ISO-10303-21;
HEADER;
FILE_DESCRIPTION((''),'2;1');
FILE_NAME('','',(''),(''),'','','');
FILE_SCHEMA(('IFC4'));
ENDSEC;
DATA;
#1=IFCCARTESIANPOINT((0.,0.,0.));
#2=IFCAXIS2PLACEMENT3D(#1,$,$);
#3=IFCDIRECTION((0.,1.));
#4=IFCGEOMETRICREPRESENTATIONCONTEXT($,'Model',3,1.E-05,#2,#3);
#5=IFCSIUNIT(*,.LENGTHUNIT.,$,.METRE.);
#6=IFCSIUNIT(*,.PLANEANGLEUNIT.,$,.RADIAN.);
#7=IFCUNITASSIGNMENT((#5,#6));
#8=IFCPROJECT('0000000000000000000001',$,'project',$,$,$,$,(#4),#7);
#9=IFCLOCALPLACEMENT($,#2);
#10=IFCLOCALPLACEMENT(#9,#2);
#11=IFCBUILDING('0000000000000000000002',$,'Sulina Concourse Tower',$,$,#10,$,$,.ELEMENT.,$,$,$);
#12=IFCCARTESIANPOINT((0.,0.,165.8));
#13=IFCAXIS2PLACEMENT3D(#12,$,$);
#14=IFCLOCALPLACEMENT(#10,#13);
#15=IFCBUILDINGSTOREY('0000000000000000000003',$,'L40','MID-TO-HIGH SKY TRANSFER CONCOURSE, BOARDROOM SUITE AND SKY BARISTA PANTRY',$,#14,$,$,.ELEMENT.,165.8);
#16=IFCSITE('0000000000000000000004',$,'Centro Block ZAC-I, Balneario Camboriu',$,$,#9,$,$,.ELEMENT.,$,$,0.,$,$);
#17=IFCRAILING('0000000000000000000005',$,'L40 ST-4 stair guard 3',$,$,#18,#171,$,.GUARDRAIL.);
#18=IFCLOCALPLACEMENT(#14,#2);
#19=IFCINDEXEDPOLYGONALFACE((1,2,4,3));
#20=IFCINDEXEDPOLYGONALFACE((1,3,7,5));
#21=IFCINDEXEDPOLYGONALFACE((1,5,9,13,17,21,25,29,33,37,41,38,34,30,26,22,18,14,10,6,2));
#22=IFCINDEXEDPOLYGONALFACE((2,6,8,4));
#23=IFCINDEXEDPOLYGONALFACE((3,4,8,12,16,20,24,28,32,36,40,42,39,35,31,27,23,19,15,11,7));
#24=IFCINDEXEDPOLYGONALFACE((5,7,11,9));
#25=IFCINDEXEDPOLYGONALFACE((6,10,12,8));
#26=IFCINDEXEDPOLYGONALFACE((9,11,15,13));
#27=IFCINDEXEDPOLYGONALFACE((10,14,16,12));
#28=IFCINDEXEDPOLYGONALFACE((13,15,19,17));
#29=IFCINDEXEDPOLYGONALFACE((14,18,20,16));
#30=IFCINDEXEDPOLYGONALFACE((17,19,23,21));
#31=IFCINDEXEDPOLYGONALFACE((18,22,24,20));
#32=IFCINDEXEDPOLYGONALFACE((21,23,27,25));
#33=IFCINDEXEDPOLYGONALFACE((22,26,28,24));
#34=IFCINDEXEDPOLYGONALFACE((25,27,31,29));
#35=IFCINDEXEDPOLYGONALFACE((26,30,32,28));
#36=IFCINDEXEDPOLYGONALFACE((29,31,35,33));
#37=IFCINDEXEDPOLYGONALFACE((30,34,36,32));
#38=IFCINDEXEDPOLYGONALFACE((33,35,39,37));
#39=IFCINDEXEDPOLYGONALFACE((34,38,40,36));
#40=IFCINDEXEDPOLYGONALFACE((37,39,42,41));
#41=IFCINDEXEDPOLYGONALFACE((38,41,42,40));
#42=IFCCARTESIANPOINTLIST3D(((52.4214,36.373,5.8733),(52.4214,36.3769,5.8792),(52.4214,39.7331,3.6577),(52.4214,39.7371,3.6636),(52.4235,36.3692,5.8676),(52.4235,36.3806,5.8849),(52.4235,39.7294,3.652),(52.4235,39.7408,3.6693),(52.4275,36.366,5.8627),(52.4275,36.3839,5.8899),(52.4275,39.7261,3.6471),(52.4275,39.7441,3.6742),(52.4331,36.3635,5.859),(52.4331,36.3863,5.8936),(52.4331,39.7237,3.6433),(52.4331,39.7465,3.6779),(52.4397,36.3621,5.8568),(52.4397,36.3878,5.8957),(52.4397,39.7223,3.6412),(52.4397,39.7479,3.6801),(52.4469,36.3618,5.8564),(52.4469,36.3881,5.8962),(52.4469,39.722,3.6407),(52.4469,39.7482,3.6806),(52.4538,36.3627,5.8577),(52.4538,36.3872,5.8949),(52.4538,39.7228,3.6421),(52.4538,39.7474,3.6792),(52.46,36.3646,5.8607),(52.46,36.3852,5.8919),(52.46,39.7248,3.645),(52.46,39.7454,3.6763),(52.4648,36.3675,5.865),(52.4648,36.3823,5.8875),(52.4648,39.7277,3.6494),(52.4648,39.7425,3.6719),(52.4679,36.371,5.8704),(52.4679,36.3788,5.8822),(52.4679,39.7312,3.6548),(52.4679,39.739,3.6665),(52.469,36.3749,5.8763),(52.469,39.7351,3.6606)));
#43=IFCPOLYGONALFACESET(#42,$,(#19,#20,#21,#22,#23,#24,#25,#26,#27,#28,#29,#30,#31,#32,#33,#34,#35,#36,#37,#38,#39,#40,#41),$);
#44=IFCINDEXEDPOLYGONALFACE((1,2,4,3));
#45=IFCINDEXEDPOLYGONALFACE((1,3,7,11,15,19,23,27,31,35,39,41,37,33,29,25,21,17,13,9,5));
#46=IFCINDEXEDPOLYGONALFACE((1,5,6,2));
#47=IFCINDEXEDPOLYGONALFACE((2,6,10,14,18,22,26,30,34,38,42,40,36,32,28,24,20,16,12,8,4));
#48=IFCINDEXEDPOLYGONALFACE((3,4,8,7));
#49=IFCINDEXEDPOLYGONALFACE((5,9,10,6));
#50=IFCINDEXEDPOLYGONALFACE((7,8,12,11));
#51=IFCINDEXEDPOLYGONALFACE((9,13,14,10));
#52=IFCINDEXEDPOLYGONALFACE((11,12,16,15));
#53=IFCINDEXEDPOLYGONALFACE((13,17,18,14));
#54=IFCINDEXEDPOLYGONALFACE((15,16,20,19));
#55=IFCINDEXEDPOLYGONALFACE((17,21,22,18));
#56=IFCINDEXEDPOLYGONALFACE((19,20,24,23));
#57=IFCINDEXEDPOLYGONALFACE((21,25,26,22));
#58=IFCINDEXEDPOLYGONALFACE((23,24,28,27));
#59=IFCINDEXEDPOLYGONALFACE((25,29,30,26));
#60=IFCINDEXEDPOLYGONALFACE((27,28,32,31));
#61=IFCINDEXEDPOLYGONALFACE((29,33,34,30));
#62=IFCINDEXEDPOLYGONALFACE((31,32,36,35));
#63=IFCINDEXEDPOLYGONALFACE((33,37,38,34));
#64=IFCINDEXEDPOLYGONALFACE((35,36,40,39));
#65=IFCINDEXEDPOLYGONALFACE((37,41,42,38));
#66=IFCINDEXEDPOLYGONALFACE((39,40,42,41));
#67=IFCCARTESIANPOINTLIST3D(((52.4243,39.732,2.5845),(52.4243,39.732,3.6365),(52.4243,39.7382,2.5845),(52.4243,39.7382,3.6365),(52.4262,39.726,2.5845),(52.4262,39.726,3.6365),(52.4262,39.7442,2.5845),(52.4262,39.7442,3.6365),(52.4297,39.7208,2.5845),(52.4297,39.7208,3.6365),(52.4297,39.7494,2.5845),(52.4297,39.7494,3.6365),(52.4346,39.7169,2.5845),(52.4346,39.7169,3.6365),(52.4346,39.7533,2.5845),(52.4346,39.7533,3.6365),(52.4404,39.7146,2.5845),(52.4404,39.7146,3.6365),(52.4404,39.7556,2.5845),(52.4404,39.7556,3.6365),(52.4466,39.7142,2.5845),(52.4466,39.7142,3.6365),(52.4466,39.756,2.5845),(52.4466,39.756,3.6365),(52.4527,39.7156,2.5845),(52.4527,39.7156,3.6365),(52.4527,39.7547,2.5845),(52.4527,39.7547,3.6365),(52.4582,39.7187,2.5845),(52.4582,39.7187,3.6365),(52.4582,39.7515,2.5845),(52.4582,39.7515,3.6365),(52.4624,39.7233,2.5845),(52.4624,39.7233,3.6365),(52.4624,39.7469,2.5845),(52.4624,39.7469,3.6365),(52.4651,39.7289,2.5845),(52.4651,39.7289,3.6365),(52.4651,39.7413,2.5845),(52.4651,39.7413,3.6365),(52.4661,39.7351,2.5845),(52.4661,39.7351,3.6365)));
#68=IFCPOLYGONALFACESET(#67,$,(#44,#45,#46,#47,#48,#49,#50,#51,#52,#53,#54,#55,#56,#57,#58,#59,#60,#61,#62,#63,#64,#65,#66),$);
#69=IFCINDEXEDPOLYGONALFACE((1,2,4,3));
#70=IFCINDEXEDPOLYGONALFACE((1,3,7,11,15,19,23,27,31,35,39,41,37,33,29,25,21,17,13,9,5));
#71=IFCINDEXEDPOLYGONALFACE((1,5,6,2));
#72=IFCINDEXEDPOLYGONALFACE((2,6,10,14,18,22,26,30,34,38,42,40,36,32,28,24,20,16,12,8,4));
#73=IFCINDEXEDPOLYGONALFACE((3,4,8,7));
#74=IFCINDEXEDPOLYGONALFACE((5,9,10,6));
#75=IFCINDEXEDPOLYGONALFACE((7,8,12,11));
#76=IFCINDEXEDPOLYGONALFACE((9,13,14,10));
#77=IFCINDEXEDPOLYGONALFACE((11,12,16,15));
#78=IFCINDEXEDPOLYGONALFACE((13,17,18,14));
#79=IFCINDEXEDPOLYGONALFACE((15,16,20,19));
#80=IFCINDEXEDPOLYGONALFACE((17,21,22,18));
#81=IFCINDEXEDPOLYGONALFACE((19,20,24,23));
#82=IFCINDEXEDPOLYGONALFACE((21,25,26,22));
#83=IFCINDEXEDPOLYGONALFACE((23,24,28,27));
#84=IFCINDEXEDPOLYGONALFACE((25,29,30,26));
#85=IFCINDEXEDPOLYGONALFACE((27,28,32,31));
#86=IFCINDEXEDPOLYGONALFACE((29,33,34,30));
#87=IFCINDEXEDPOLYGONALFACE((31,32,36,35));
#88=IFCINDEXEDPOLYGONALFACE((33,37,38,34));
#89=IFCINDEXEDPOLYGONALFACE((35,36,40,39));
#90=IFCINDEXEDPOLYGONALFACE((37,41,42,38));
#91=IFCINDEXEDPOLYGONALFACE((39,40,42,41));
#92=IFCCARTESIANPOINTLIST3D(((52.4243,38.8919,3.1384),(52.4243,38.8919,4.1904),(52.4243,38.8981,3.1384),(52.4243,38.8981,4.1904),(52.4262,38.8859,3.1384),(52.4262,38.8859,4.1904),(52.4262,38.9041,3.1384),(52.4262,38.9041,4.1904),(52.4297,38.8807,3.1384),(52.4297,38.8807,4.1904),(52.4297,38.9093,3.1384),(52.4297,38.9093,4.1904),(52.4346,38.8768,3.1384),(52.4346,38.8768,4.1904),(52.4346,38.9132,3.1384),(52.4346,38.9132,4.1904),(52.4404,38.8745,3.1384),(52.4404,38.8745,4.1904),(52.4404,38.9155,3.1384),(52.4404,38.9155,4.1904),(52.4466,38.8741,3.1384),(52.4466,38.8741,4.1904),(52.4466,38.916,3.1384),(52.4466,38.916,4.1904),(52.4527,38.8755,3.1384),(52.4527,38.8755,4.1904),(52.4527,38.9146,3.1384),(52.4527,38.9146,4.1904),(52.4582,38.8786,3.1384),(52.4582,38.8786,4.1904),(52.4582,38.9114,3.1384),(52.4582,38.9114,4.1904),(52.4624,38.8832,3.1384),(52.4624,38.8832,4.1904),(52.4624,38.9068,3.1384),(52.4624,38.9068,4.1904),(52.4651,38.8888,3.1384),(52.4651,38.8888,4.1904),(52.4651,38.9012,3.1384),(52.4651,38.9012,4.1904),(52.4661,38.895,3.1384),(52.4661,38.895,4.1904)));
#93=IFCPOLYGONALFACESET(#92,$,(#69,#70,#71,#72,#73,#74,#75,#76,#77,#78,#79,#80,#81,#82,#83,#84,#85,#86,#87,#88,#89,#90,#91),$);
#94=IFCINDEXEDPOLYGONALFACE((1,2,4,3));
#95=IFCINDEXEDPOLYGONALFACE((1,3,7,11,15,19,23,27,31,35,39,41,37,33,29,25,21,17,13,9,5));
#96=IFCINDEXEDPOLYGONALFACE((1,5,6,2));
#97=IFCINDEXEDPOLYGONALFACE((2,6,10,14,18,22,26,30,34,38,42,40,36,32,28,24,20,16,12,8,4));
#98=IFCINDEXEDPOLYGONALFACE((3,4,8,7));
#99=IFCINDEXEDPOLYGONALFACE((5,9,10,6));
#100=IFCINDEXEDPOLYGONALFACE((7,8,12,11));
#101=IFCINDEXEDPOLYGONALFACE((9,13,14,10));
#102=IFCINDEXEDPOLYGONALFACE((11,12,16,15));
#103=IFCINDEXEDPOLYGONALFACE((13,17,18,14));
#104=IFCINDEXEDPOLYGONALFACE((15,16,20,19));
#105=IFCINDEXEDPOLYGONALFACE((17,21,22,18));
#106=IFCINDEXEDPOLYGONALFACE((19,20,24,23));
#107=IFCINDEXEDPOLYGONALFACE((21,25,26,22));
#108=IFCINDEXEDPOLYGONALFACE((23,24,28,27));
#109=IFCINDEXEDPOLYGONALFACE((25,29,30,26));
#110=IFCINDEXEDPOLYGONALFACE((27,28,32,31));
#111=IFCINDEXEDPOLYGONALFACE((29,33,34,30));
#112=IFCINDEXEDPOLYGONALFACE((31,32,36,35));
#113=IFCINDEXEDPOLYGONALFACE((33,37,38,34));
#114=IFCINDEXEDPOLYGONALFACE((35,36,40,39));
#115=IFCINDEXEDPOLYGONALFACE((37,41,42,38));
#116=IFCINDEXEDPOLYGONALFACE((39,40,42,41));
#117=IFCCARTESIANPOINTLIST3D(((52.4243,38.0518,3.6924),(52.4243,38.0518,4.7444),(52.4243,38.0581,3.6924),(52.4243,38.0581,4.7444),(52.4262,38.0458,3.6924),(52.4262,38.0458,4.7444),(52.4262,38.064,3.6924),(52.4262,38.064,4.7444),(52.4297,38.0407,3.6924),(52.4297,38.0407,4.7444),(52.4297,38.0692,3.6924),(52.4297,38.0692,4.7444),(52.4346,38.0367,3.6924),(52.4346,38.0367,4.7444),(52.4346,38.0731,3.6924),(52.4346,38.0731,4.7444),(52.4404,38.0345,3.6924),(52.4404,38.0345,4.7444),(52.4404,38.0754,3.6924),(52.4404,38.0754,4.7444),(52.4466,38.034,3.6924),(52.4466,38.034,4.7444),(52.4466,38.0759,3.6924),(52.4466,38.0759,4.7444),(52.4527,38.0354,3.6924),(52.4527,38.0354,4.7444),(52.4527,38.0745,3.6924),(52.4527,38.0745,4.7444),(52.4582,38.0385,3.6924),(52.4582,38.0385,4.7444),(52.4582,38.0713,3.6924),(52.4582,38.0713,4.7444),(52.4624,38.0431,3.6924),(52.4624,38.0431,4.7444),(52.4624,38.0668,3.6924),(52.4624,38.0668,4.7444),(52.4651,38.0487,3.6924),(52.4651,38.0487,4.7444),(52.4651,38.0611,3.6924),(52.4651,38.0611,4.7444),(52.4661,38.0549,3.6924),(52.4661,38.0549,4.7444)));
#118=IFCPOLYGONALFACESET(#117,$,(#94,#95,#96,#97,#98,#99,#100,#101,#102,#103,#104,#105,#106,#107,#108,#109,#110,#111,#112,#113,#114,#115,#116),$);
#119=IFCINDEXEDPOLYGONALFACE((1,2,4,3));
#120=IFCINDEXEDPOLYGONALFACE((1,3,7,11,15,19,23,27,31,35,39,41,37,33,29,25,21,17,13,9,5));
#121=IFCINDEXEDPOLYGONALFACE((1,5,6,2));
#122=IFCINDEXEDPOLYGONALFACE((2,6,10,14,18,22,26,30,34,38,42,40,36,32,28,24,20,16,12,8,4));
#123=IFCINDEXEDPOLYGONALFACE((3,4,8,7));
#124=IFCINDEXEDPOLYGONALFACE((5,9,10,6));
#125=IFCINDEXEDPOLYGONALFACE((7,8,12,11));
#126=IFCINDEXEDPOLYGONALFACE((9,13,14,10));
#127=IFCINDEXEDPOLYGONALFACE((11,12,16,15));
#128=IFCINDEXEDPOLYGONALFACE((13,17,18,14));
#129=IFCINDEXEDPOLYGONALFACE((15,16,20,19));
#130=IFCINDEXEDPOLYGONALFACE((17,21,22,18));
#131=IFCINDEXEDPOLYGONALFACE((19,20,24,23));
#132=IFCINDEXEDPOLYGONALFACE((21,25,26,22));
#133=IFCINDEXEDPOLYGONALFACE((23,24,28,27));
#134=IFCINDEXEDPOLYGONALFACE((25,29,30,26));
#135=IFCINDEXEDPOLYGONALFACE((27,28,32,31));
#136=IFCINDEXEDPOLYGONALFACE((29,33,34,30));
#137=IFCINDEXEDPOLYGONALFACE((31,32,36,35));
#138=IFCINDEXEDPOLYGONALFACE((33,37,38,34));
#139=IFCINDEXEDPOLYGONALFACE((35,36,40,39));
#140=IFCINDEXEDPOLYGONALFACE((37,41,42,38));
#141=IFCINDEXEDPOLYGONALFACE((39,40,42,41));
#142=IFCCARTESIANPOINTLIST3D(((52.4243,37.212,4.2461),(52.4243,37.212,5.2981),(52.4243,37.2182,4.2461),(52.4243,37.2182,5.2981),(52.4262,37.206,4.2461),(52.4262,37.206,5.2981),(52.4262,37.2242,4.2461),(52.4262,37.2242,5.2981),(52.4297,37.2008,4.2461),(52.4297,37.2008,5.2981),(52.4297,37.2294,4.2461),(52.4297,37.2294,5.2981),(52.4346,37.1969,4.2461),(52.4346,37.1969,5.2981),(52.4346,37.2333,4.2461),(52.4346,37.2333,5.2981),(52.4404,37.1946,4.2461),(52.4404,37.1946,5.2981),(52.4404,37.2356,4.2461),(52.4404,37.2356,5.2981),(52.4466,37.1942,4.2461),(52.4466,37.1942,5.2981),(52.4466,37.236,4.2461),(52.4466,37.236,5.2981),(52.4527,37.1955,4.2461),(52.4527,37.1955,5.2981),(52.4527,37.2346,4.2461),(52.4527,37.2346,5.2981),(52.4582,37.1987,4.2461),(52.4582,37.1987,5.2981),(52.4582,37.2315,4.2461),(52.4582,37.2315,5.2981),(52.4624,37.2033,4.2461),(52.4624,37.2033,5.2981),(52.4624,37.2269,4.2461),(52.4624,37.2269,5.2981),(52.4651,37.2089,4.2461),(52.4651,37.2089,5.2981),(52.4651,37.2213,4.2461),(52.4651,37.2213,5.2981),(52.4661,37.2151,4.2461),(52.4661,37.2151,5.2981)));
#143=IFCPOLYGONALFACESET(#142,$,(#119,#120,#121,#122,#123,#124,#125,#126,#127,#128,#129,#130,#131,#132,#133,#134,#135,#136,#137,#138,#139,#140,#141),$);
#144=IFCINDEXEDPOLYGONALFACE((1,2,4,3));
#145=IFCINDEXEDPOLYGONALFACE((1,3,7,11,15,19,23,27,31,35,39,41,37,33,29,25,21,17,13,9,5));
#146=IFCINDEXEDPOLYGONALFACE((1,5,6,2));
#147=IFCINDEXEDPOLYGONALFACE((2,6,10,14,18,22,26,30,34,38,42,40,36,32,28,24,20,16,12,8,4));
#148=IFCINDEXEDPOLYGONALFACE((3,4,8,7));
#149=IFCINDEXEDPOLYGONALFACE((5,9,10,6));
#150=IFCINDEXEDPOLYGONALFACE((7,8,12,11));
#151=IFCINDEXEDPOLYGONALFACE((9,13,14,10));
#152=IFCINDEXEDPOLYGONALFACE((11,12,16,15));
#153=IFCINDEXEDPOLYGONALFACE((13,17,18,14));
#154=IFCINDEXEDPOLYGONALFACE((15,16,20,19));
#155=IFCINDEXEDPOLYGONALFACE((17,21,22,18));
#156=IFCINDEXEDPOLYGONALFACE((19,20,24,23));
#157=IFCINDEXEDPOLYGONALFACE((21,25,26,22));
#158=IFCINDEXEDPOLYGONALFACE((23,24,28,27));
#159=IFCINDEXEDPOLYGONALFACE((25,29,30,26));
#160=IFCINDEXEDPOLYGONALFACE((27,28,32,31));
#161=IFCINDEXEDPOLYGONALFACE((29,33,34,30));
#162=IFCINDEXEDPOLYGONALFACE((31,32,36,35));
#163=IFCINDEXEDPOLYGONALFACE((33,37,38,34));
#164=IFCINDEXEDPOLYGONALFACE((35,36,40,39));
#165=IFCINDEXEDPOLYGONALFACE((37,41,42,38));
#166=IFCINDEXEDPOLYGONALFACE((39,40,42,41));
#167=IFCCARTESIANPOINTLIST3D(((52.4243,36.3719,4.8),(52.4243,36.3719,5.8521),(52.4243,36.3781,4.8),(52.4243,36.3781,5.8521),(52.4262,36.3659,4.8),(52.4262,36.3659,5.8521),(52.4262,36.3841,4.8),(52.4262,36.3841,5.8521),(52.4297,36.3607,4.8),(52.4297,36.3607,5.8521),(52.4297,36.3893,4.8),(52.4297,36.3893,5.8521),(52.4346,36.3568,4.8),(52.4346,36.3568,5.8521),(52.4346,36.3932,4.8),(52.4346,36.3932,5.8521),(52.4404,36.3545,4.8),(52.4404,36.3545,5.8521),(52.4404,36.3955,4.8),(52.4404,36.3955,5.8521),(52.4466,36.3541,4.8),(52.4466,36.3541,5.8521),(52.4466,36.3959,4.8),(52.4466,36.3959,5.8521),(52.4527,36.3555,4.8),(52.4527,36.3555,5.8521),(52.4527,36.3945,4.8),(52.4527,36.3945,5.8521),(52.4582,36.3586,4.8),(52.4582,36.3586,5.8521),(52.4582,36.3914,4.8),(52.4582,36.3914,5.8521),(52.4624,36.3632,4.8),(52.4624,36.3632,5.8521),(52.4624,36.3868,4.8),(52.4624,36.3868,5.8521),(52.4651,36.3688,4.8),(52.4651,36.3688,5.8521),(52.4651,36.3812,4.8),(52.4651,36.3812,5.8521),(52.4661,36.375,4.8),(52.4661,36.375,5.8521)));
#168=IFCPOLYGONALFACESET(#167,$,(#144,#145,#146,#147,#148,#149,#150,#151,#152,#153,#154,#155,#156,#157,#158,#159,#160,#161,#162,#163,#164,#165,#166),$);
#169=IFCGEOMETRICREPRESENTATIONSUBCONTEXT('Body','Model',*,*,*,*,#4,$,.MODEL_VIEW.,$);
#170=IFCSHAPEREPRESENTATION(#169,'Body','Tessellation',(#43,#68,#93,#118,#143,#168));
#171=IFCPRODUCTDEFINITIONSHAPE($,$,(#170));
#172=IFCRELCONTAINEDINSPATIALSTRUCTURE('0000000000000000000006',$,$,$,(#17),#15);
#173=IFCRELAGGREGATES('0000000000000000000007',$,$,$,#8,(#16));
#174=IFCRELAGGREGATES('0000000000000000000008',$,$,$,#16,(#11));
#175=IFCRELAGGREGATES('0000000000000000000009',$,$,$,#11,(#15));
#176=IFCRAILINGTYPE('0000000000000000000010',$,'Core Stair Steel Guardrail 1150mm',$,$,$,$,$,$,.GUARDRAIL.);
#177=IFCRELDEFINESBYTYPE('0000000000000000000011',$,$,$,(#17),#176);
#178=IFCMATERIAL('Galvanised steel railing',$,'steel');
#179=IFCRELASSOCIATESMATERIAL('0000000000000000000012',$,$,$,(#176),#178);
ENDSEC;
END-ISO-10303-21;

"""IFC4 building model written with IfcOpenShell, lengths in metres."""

from ifc_helpers import new_model, si_unit, direction, frame, origin, origin_2d, place, context, subcontext, project, spatial, circle, extrude, material, type_object, element, save


model = new_model("IFC4")

# Units and contexts
model_context = context("Model", 3, precision=1e-05, world=origin(), true_north=direction((0.0, 1.0)))
body_context = subcontext(model_context, "Body", "Model", "MODEL_VIEW")
ifc_project = project(units=[si_unit("LENGTHUNIT", "METRE"), si_unit("PLANEANGLEUNIT", "RADIAN")], contexts=[model_context])

# Site, building, storey
site_placement = place(None, origin())
site = spatial("IfcSite", under=ifc_project, at=site_placement, Name="Centro Block ZAC-I, Balneario Camboriu", CompositionType="ELEMENT", RefElevation=0.0)
building_placement = place(site_placement, origin())
building = spatial("IfcBuilding", under=site, at=building_placement, Name="Sulina Concourse Tower", CompositionType="ELEMENT")
storey_placement = place(building_placement, frame((0.0, 0.0, 165.8)))
storey = spatial("IfcBuildingStorey", under=building, at=storey_placement, Name="L40", Description="MID-TO-HIGH SKY TRANSFER CONCOURSE, BOARDROOM SUITE AND SKY BARISTA PANTRY", CompositionType="ELEMENT", Elevation=165.8)

# Railing
ifc_material_1 = material(Name="Galvanised steel railing", Category="steel")
railing_type_1 = type_object("IfcRailingType", Name="Core Stair Steel Guardrail 1150mm", PredefinedType="GUARDRAIL", material=ifc_material_1)
railing_1_placement = place(storey_placement, frame((52.4451, 39.7351, 2.5845)))
element("IfcRailing", 1, at=railing_1_placement, inside=storey, type_object=railing_type_1, Name="L40 ST-4 stair guard 3", PredefinedType="GUARDRAIL", context=body_context, shape_type="SweptSolid", body=[
    extrude(circle(Radius=0.0239, at=origin_2d()), frame((0.0, 0.0, 1.0762), z_axis=(0.0, -0.834849, 0.55048), x_axis=(1.0, 0.0, 0.0)), (0.0, 0.0, 1.0), 4.0249),
    extrude(circle(Radius=0.021, at=origin_2d()), origin(), (0.0, 0.0, 1.0), 1.052),
    extrude(circle(Radius=0.021, at=origin_2d()), frame((0.0, -0.8401, 0.554)), (0.0, 0.0, 1.0), 1.052),
    extrude(circle(Radius=0.021, at=origin_2d()), frame((0.0, -1.6802, 1.1079)), (0.0, 0.0, 1.0), 1.052),
    extrude(circle(Radius=0.021, at=origin_2d()), frame((0.0, -2.52, 1.6616)), (0.0, 0.0, 1.0), 1.052),
    extrude(circle(Radius=0.021, at=origin_2d()), frame((0.0, -3.3601, 2.2156)), (0.0, 0.0, 1.0), 1.052),
])

save(model, "model.ifc")
